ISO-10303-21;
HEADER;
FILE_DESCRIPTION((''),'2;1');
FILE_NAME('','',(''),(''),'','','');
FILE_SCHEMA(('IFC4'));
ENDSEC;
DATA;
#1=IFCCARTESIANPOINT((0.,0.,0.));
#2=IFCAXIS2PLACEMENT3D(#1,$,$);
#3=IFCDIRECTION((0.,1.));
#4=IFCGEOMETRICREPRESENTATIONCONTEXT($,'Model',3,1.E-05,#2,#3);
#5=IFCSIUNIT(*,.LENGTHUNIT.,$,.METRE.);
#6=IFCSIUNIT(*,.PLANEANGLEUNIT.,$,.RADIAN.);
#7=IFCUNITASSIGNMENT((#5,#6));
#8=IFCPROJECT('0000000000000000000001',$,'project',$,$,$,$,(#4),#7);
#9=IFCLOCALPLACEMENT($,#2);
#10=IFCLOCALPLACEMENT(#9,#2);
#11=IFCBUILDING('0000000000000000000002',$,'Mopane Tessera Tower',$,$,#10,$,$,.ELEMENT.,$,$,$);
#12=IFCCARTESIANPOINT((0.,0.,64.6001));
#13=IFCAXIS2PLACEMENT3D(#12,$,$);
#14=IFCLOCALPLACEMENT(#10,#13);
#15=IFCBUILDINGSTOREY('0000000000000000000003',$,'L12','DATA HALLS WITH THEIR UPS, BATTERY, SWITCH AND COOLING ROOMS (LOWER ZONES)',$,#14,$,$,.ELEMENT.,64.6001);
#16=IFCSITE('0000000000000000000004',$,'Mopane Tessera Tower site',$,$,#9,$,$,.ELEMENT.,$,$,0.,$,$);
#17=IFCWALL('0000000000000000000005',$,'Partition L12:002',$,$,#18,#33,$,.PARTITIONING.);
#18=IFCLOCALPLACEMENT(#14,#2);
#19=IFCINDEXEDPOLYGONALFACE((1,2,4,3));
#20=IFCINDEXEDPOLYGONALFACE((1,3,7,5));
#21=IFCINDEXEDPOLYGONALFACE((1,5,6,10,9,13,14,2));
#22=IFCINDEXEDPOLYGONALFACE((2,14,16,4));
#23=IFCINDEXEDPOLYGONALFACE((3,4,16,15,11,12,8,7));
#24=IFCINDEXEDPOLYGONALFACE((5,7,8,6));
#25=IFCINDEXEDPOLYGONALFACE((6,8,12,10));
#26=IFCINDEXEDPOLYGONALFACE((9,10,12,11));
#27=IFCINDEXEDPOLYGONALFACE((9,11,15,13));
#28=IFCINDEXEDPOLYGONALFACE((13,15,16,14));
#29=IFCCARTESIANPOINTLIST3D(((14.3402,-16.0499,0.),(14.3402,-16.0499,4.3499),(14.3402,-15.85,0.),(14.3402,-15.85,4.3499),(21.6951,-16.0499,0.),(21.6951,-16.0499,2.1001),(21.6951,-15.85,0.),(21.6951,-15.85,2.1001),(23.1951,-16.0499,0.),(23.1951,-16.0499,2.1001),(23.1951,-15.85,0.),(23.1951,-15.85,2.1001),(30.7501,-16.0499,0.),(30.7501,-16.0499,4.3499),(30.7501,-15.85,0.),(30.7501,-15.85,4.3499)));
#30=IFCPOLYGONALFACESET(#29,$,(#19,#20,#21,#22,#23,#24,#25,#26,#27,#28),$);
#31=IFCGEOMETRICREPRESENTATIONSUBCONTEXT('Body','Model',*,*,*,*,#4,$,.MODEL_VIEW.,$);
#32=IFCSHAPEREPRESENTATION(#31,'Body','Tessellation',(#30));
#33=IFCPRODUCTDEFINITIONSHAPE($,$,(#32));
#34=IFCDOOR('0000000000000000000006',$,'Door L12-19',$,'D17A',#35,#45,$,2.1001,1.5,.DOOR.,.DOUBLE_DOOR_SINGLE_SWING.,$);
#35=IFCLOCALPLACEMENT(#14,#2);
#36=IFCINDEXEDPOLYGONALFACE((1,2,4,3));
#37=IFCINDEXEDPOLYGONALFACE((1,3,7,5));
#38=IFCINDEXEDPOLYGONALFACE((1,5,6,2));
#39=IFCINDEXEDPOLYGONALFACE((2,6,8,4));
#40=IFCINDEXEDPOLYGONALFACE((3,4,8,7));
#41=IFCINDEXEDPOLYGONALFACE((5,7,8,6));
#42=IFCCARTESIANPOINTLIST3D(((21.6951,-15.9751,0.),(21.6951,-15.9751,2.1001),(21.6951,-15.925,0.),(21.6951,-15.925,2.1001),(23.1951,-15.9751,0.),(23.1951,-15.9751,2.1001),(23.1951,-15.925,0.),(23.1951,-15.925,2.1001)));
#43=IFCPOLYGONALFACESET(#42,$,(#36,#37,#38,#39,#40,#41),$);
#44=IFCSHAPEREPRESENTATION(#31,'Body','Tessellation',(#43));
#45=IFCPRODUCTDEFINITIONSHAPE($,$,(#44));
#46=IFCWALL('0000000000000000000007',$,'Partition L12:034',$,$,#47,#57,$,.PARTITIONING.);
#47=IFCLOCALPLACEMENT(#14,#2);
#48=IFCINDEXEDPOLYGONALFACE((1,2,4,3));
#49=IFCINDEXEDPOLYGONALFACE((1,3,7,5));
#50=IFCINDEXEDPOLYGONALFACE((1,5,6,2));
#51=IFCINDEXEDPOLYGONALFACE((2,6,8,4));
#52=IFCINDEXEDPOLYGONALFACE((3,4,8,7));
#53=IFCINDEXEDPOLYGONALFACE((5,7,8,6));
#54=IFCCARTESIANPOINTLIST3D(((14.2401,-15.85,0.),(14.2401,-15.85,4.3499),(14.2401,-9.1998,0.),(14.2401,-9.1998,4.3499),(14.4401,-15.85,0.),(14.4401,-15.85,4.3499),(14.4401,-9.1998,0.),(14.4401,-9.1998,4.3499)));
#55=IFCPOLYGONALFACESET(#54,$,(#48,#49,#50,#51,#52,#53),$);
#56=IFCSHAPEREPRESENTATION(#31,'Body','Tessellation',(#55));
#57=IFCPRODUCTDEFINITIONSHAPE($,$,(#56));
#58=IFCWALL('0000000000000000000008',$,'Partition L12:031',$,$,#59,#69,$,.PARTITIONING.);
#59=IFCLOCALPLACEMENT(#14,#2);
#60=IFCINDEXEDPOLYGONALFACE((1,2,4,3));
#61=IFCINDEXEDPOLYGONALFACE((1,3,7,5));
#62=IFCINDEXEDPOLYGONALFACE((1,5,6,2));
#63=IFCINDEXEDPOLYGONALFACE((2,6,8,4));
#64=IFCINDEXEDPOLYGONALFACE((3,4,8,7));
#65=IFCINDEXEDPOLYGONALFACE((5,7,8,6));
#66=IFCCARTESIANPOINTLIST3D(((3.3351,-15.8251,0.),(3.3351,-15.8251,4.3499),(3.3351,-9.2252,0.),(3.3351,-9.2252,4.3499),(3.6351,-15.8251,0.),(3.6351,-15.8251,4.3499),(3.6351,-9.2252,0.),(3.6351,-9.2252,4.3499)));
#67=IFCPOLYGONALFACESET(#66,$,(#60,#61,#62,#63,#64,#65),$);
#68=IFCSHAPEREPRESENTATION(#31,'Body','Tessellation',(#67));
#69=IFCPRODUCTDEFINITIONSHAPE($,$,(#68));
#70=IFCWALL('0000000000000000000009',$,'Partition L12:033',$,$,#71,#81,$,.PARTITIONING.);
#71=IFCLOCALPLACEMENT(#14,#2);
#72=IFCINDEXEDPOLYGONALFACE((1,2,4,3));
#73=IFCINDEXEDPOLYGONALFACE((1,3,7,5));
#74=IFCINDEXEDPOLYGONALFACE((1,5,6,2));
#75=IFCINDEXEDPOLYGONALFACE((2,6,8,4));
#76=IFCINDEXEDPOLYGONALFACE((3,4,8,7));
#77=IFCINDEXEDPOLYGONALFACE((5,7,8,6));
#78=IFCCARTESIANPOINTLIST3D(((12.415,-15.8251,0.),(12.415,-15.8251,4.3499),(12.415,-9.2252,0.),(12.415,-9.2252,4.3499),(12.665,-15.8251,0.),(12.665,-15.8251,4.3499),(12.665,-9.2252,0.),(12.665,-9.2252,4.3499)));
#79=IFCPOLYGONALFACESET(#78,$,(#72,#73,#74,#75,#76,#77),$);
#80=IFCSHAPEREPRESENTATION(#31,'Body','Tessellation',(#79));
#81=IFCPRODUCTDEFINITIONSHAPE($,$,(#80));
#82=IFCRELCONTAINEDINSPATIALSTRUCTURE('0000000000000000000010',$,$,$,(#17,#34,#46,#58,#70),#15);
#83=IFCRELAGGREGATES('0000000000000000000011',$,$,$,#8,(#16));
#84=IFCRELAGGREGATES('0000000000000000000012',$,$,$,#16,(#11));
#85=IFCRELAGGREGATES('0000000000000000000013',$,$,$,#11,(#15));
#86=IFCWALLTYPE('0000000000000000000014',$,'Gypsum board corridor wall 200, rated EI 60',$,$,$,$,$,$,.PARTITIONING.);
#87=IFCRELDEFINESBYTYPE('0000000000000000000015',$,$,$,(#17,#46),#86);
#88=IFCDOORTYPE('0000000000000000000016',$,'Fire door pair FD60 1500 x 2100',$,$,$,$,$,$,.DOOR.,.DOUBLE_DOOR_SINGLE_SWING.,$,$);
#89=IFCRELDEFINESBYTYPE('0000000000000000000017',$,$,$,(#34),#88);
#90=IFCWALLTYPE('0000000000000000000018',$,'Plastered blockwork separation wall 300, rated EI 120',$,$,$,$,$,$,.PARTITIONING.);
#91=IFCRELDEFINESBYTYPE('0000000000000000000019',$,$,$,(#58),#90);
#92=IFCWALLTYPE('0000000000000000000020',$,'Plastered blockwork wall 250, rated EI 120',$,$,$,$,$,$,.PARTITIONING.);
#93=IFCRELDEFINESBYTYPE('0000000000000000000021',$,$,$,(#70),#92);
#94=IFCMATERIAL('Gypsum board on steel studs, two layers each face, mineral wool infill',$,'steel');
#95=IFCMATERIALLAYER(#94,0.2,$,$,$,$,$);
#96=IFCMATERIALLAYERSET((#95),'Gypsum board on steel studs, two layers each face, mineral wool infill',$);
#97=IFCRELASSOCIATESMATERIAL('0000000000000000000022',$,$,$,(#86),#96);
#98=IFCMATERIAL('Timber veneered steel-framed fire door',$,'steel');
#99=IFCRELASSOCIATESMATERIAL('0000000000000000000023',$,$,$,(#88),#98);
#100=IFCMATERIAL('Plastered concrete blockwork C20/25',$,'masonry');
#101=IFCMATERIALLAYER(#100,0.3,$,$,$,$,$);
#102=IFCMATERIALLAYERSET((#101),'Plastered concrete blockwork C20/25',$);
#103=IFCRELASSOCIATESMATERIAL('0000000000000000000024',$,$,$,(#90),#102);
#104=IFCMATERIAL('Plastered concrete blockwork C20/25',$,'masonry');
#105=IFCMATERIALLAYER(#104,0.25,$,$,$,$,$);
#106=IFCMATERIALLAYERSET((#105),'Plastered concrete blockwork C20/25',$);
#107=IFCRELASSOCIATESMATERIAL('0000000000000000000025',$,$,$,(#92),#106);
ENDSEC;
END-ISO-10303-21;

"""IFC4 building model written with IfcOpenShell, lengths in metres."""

from ifc_helpers import new_model, si_unit, direction, frame, frame_2d, origin, place, context, subcontext, project, spatial, rectangle, extrude, material, layer, layer_set, type_object, element, fill, save


model = new_model("IFC4")

# Units and contexts
model_context = context("Model", 3, precision=1e-05, world=origin(), true_north=direction((0.0, 1.0)))
body_context = subcontext(model_context, "Body", "Model", "MODEL_VIEW")
ifc_project = project(units=[si_unit("LENGTHUNIT", "METRE"), si_unit("PLANEANGLEUNIT", "RADIAN")], contexts=[model_context])

# Site, building, storey
site_placement = place(None, origin())
site = spatial("IfcSite", under=ifc_project, at=site_placement, Name="Mopane Tessera Tower site", CompositionType="ELEMENT", RefElevation=0.0)
building_placement = place(site_placement, origin())
building = spatial("IfcBuilding", under=site, at=building_placement, Name="Mopane Tessera Tower", CompositionType="ELEMENT")
storey_placement = place(building_placement, frame((0.0, 0.0, 64.6001)))
storey = spatial("IfcBuildingStorey", under=building, at=storey_placement, Name="L12", Description="DATA HALLS WITH THEIR UPS, BATTERY, SWITCH AND COOLING ROOMS (LOWER ZONES)", CompositionType="ELEMENT", Elevation=64.6001)

# Wall, opening, door
ifc_material_1 = material(Name="Gypsum board on steel studs, two layers each face, mineral wool infill", Category="steel")
ifc_layer_1 = layer(ifc_material_1, 0.2)
ifc_layer_set_1 = layer_set([ifc_layer_1], Name="Gypsum board on steel studs, two layers each face, mineral wool infill")
wall_type_1 = type_object("IfcWallType", Name="Gypsum board corridor wall 200, rated EI 60", PredefinedType="PARTITIONING", material=ifc_layer_set_1)
wall_1_placement = place(storey_placement, frame((14.3401, -15.95, 0.0), z_axis=(0.0, 0.0, 1.0), x_axis=(1.0, 0.0, 0.0)))
wall_1 = element("IfcWall", 1, at=wall_1_placement, inside=storey, type_object=wall_type_1, Name="Partition L12:002", PredefinedType="PARTITIONING", context=body_context, shape_type="SweptSolid", body=[
    extrude(rectangle(XDim=16.4099, YDim=0.2, at=frame_2d((8.2051, 0.0))), origin(), (0.0, 0.0, 1.0), 4.3499),
])
opening_placement = place(wall_1_placement, frame((7.355, 0.0, 0.0)))
opening = element("IfcOpeningElement", 2, at=opening_placement, cuts=wall_1, PredefinedType="OPENING", context=body_context, shape_type="SweptSolid", body=[
    extrude(rectangle(XDim=1.5, YDim=2.1001, at=frame_2d((0.75, 1.05))), frame((0.0, 0.1121, 0.0), z_axis=(0.0, -1.0, 0.0), x_axis=(1.0, 0.0, 0.0)), (0.0, 0.0, 1.0), 0.2239),
])
ifc_material_2 = material(Name="Timber veneered steel-framed fire door", Category="steel")
door_type = type_object("IfcDoorType", Name="Fire door pair FD60 1500 x 2100", OperationType="DOUBLE_DOOR_SINGLE_SWING", PredefinedType="DOOR", material=ifc_material_2)
door_placement = place(opening_placement, origin())
door = element("IfcDoor", 3, at=door_placement, inside=storey, type_object=door_type, Name="Door L12-19", ObjectType="D17A", OperationType="DOUBLE_DOOR_SINGLE_SWING", OverallHeight=2.1001, OverallWidth=1.5, PredefinedType="DOOR", context=body_context, shape_type="SweptSolid", body=[
    extrude(rectangle(XDim=1.5, YDim=2.1001, at=frame_2d((0.75, 1.05))), frame((0.0, 0.0249, 0.0), z_axis=(0.0, -1.0, 0.0), x_axis=(1.0, 0.0, 0.0)), (0.0, 0.0, 1.0), 0.05),
])
fill(opening, door)

# Walls
wall_2_placement = place(storey_placement, frame((14.3401, -15.8501, 0.0), z_axis=(0.0, 0.0, 1.0), x_axis=(0.0, 1.0, 0.0)))
element("IfcWall", 4, at=wall_2_placement, inside=storey, type_object=wall_type_1, Name="Partition L12:034", PredefinedType="PARTITIONING", context=body_context, shape_type="SweptSolid", body=[
    extrude(rectangle(XDim=6.6501, YDim=0.2, at=frame_2d((3.3252, 0.0))), origin(), (0.0, 0.0, 1.0), 4.3499),
])
ifc_material_3 = material(Name="Plastered concrete blockwork C20/25", Category="masonry")
ifc_layer_2 = layer(ifc_material_3, 0.3)
ifc_layer_set_2 = layer_set([ifc_layer_2], Name="Plastered concrete blockwork C20/25")
wall_type_2 = type_object("IfcWallType", Name="Plastered blockwork separation wall 300, rated EI 120", PredefinedType="PARTITIONING", material=ifc_layer_set_2)
wall_3_placement = place(storey_placement, frame((3.4851, -15.825, 0.0), z_axis=(0.0, 0.0, 1.0), x_axis=(0.0, 1.0, 0.0)))
element("IfcWall", 5, at=wall_3_placement, inside=storey, type_object=wall_type_2, Name="Partition L12:031", PredefinedType="PARTITIONING", context=body_context, shape_type="SweptSolid", body=[
    extrude(rectangle(XDim=6.5999, YDim=0.3, at=frame_2d((3.2998, 0.0))), origin(), (0.0, 0.0, 1.0), 4.3499),
])
ifc_material_4 = material(Name="Plastered concrete blockwork C20/25", Category="masonry")
ifc_layer_3 = layer(ifc_material_4, 0.25)
ifc_layer_set_3 = layer_set([ifc_layer_3], Name="Plastered concrete blockwork C20/25")
wall_type_3 = type_object("IfcWallType", Name="Plastered blockwork wall 250, rated EI 120", PredefinedType="PARTITIONING", material=ifc_layer_set_3)
wall_4_placement = place(storey_placement, frame((12.54, -15.825, 0.0), z_axis=(0.0, 0.0, 1.0), x_axis=(0.0, 1.0, 0.0)))
element("IfcWall", 6, at=wall_4_placement, inside=storey, type_object=wall_type_3, Name="Partition L12:033", PredefinedType="PARTITIONING", context=body_context, shape_type="SweptSolid", body=[
    extrude(rectangle(XDim=6.5999, YDim=0.25, at=frame_2d((3.2998, 0.0))), origin(), (0.0, 0.0, 1.0), 4.3499),
])

save(model, "model.ifc")
